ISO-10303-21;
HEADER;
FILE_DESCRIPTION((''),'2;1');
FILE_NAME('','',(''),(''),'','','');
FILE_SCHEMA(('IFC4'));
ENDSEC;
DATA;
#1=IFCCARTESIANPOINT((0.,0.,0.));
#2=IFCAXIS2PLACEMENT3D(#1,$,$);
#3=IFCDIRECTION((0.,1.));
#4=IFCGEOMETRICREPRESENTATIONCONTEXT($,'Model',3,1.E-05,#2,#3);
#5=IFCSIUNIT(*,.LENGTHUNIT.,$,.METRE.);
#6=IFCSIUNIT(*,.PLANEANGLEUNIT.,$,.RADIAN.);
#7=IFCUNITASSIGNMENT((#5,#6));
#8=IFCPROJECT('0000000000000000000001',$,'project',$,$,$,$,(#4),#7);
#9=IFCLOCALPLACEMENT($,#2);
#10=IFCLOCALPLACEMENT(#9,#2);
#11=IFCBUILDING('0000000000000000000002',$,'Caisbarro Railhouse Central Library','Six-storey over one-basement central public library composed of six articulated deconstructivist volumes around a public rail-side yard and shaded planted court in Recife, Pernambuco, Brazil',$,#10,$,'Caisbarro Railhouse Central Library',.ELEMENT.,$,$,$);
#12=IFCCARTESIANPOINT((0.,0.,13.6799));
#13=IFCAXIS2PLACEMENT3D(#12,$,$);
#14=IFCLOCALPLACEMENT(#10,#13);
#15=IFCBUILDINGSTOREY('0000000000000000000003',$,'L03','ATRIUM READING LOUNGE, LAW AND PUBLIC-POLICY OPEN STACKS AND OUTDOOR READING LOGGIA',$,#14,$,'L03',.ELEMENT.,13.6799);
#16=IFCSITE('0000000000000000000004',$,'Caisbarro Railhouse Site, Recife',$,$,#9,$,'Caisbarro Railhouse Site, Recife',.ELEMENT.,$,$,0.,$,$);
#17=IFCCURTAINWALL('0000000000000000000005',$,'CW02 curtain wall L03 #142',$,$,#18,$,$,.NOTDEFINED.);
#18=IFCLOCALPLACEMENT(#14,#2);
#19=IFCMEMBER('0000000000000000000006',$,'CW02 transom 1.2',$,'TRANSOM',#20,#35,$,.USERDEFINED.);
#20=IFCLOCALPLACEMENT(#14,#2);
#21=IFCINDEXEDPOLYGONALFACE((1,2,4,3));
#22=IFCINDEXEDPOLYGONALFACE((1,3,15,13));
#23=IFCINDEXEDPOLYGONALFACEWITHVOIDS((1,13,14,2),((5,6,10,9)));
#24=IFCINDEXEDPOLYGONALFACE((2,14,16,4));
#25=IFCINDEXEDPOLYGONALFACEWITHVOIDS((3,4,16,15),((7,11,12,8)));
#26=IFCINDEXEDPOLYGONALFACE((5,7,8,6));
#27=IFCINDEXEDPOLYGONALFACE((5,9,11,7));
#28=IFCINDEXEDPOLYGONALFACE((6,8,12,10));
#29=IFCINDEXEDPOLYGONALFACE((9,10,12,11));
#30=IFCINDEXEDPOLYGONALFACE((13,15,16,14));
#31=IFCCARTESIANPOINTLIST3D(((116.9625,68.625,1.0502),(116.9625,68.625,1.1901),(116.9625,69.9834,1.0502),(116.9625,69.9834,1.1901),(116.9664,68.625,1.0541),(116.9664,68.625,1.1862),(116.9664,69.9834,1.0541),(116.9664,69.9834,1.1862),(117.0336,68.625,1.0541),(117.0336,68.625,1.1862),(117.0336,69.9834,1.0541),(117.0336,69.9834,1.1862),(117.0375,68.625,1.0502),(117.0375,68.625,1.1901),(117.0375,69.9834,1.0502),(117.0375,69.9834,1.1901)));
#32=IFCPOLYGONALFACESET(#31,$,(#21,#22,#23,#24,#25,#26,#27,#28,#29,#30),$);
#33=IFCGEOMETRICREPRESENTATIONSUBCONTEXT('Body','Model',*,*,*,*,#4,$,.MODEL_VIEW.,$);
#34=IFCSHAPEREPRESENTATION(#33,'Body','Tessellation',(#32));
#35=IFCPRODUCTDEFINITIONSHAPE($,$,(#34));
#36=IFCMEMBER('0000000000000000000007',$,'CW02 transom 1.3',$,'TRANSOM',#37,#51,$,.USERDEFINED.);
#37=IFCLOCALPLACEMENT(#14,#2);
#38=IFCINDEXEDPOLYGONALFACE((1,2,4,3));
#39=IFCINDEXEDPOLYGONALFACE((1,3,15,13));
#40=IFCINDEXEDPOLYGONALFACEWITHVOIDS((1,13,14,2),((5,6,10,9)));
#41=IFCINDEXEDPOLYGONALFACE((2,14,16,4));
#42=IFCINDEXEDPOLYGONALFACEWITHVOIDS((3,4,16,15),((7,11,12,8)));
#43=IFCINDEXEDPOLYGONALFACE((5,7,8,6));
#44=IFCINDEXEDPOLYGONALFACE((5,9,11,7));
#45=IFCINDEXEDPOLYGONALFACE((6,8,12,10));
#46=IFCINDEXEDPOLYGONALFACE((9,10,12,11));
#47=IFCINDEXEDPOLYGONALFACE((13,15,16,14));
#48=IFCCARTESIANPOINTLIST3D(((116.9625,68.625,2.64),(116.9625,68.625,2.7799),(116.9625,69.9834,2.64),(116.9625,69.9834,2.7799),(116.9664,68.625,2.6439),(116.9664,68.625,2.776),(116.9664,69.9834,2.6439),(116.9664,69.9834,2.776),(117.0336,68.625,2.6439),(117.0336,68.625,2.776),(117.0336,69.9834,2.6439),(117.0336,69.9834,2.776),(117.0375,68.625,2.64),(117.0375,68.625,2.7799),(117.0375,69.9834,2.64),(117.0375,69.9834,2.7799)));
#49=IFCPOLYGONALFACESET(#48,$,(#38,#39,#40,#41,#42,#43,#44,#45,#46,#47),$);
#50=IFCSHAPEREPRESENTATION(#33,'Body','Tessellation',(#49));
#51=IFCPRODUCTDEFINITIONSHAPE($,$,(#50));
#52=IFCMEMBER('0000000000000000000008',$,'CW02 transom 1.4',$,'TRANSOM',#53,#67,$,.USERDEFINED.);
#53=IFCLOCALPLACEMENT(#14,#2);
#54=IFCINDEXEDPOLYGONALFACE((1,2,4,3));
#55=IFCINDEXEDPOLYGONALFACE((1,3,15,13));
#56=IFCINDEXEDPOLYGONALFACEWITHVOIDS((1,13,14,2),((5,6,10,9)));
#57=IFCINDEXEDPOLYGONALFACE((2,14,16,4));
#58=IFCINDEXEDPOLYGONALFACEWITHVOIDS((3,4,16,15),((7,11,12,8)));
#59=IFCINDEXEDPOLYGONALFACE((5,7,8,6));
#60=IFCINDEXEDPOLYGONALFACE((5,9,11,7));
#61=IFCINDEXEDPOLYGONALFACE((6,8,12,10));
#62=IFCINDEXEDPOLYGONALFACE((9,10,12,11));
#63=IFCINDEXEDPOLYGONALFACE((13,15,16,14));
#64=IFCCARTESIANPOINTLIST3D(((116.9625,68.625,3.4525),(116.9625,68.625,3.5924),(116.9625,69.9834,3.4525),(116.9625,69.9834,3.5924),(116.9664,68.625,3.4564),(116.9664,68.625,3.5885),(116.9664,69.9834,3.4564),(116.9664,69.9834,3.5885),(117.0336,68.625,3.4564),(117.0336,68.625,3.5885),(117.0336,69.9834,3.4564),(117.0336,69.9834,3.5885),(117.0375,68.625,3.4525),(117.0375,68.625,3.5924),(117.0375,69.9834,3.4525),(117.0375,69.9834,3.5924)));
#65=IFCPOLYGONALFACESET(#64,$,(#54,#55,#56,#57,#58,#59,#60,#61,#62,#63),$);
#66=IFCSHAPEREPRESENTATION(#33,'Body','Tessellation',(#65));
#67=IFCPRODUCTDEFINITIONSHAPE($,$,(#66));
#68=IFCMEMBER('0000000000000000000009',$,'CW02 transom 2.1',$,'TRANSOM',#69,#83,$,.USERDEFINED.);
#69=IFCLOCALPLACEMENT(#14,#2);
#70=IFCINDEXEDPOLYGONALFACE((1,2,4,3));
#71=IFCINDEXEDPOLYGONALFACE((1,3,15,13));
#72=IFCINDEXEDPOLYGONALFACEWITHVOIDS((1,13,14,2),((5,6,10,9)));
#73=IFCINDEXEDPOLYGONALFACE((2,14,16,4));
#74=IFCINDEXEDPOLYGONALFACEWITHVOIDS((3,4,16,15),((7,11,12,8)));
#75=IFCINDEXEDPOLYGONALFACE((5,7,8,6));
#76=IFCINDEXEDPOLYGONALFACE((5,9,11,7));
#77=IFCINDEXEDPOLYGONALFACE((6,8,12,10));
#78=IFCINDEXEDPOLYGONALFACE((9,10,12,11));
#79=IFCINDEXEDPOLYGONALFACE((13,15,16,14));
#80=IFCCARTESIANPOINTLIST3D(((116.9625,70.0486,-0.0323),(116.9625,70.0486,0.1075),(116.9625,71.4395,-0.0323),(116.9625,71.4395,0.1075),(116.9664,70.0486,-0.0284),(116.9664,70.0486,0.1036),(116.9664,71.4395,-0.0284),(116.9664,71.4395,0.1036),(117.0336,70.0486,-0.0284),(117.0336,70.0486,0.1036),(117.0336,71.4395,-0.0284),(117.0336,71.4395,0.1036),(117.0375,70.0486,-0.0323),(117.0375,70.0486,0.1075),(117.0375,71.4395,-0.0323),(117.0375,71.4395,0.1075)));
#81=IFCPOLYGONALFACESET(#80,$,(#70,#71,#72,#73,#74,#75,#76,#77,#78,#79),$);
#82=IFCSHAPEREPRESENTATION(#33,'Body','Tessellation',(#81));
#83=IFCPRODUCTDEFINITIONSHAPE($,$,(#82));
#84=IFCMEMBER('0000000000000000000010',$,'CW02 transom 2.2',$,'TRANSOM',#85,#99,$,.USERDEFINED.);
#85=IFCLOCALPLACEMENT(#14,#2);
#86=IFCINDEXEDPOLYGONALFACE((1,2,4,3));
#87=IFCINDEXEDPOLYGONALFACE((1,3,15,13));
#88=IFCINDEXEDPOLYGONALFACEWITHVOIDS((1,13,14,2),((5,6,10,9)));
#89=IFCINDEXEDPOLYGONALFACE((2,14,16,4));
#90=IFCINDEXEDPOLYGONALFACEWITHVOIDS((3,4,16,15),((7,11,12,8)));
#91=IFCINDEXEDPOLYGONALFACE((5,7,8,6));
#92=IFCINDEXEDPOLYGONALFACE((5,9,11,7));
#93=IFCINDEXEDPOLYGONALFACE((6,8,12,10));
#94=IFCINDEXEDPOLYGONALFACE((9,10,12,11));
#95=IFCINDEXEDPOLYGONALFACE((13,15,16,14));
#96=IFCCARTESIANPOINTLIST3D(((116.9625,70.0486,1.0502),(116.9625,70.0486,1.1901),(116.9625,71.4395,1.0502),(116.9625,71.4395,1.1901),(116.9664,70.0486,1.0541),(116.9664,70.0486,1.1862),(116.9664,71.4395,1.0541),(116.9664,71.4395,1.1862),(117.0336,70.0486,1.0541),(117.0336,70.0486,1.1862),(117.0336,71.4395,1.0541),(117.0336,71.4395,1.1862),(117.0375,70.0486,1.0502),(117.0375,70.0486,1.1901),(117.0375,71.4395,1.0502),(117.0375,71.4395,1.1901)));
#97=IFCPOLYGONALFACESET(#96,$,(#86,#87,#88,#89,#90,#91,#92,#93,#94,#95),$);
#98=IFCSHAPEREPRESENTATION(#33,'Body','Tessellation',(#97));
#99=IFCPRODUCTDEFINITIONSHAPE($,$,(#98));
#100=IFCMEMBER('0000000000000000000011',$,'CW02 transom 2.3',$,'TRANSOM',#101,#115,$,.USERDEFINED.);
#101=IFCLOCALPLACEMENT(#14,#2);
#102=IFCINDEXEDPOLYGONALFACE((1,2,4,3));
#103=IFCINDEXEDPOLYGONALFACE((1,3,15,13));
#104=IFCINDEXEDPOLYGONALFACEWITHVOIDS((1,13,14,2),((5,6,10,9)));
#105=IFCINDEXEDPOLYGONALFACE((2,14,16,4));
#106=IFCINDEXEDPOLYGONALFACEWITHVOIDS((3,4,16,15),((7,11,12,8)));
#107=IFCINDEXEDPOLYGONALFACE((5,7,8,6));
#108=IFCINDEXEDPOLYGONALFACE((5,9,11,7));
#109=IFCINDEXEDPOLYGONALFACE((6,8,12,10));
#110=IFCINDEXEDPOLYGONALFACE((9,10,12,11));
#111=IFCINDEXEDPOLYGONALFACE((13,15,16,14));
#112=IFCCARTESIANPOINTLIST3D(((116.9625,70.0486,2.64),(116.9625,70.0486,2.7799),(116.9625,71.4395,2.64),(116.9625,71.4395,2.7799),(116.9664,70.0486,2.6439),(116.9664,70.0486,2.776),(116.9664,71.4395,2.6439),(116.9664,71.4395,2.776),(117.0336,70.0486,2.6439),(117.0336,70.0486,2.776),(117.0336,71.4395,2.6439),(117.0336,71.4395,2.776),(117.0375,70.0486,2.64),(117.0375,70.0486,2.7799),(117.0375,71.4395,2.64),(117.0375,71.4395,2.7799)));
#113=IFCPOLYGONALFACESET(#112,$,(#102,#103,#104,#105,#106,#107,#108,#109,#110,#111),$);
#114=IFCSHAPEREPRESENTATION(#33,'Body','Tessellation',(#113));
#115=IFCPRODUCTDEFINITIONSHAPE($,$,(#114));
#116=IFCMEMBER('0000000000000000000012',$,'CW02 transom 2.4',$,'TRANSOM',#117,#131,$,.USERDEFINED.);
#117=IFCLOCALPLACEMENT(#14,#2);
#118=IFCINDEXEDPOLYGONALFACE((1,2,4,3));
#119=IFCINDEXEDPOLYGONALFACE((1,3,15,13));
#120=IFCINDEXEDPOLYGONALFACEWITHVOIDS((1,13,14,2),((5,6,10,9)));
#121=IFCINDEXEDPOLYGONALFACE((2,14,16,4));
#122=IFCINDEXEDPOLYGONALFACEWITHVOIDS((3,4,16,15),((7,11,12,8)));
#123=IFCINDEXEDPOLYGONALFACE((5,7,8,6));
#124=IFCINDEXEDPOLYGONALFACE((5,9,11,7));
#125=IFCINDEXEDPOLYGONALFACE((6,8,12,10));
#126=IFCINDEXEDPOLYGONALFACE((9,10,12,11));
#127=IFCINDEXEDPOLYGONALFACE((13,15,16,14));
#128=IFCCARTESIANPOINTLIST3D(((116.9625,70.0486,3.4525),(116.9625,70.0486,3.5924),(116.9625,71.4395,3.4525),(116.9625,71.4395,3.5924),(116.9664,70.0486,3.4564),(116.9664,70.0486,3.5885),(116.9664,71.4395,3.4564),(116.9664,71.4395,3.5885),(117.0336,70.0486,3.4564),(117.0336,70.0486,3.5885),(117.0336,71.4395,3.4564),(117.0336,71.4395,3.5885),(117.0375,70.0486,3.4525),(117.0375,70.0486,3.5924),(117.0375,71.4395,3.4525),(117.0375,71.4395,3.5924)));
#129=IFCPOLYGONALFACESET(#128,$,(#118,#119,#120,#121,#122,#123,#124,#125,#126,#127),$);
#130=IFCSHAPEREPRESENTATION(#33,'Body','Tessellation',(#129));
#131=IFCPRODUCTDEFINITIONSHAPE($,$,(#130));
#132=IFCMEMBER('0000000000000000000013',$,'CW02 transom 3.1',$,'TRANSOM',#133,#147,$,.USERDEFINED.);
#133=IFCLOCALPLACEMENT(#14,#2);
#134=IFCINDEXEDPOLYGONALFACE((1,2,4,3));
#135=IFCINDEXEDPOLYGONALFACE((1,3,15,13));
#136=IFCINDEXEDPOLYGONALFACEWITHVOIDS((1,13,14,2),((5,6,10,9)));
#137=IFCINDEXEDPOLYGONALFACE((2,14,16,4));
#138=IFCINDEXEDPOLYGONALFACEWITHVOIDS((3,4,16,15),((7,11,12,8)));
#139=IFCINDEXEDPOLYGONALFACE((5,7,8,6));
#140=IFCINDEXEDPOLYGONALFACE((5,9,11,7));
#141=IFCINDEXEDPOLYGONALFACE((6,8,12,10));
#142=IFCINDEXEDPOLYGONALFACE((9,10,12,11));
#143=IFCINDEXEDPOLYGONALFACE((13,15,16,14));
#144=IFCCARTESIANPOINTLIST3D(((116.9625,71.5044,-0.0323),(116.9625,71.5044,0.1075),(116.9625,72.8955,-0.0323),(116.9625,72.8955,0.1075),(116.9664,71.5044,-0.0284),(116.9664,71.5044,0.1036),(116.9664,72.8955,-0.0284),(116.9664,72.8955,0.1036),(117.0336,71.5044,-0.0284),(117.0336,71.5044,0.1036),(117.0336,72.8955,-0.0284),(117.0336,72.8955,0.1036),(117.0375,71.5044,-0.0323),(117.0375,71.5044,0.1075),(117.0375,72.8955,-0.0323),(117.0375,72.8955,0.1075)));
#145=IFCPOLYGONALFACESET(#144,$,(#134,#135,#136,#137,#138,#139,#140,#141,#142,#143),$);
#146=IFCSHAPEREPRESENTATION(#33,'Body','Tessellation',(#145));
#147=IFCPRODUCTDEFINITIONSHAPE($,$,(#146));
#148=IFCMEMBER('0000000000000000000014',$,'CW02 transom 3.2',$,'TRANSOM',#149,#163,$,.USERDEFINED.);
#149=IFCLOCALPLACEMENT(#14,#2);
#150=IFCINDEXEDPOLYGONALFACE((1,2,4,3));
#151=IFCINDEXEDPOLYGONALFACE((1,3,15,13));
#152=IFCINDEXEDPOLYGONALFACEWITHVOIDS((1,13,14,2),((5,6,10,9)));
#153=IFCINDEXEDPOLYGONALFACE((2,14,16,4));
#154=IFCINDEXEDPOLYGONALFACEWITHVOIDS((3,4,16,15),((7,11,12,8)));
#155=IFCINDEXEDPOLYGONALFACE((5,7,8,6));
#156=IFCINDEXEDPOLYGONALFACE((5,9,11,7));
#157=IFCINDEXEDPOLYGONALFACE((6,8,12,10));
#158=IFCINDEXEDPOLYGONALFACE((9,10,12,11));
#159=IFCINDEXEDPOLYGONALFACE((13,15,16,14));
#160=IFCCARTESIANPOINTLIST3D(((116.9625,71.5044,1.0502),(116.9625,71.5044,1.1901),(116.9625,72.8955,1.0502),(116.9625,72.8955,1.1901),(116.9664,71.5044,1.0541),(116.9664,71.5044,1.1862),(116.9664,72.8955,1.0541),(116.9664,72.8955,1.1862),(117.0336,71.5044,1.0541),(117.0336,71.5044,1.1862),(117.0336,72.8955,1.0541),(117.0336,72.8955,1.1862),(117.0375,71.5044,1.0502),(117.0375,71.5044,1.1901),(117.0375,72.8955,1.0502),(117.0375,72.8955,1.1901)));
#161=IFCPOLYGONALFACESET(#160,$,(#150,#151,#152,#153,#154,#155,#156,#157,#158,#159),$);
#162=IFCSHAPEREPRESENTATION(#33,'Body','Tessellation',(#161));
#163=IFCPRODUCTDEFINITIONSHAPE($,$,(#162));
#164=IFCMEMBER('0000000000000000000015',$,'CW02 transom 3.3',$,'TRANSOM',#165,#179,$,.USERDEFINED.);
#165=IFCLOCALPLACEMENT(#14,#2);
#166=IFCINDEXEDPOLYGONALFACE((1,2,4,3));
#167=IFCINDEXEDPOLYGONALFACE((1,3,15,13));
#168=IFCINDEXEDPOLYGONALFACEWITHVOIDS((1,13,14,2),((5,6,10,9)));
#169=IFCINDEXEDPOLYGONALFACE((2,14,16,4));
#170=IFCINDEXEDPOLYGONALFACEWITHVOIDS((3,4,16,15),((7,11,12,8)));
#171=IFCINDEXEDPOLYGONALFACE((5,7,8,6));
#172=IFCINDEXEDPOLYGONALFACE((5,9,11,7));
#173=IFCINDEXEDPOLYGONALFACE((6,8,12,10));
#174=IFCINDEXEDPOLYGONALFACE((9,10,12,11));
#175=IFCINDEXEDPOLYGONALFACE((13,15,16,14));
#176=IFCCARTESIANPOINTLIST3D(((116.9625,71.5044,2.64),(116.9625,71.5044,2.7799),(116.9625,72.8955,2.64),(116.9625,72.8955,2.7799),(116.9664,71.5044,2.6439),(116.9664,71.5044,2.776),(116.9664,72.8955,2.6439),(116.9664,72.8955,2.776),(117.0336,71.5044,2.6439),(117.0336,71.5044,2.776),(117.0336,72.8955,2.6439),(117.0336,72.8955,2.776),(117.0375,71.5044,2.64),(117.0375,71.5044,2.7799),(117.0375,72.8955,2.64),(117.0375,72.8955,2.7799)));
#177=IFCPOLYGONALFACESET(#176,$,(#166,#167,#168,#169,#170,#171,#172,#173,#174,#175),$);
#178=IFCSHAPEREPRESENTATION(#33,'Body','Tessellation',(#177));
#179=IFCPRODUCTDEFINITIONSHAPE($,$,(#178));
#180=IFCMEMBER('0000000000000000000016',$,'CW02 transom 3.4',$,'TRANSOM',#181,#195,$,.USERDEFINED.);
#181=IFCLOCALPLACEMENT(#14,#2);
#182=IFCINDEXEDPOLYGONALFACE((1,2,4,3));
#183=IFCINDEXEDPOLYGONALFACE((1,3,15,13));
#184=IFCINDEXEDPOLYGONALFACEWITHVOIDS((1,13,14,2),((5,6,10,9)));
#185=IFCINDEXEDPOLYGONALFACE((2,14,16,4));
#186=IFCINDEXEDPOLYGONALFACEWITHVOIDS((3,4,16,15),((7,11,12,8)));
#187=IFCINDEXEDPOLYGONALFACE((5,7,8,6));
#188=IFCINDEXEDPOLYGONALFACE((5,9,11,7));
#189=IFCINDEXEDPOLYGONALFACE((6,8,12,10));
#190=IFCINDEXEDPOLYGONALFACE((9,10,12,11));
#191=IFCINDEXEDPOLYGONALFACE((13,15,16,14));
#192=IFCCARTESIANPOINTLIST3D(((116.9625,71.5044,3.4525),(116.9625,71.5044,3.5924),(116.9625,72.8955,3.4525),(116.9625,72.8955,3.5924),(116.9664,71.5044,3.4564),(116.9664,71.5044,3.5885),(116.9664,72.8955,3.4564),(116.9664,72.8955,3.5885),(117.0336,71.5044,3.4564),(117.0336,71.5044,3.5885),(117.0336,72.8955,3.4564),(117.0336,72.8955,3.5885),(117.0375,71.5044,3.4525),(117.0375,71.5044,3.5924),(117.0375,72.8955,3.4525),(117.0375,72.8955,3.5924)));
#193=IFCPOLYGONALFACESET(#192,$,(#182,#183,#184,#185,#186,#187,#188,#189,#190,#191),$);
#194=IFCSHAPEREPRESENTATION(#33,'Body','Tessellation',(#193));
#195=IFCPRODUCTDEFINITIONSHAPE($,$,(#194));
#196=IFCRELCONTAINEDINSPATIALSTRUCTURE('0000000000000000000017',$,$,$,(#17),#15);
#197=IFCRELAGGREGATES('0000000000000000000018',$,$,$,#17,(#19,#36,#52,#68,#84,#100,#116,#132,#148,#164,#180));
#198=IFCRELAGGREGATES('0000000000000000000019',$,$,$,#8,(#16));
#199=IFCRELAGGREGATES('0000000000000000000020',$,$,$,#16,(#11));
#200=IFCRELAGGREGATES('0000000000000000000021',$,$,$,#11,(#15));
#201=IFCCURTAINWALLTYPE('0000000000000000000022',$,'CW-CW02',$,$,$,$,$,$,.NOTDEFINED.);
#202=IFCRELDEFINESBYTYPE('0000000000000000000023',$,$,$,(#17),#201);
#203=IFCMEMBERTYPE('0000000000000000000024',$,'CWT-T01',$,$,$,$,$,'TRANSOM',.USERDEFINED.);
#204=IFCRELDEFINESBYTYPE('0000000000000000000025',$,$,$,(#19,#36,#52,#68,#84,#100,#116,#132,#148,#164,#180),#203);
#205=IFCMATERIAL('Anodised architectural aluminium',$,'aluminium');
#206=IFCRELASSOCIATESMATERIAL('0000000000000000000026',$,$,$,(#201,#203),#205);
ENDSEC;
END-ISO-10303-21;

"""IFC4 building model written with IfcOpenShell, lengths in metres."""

from ifc_helpers import new_model, si_unit, direction, frame, origin, origin_2d, place, context, subcontext, project, spatial, hollow_rectangle, extrude, material, material_profile, profile_set, type_object, element, aggregate, save


model = new_model("IFC4")

# Units and contexts
model_context = context("Model", 3, precision=1e-05, world=origin(), true_north=direction((0.0, 1.0)))
body_context = subcontext(model_context, "Body", "Model", "MODEL_VIEW")
ifc_project = project(units=[si_unit("LENGTHUNIT", "METRE"), si_unit("PLANEANGLEUNIT", "RADIAN")], contexts=[model_context])

# Site, building, storey
site_placement = place(None, origin())
site = spatial("IfcSite", under=ifc_project, at=site_placement, Name="Caisbarro Railhouse Site, Recife", LongName="Caisbarro Railhouse Site, Recife", CompositionType="ELEMENT", RefElevation=0.0)
building_placement = place(site_placement, origin())
building = spatial("IfcBuilding", under=site, at=building_placement, Name="Caisbarro Railhouse Central Library", Description="Six-storey over one-basement central public library composed of six articulated deconstructivist volumes around a public rail-side yard and shaded planted court in Recife, Pernambuco, Brazil", LongName="Caisbarro Railhouse Central Library", CompositionType="ELEMENT")
storey_placement = place(building_placement, frame((0.0, 0.0, 13.6799)))
storey = spatial("IfcBuildingStorey", under=building, at=storey_placement, Name="L03", Description="ATRIUM READING LOUNGE, LAW AND PUBLIC-POLICY OPEN STACKS AND OUTDOOR READING LOGGIA", LongName="L03", CompositionType="ELEMENT", Elevation=13.6799)

# Curtain wall, members
ifc_material_1 = material(Name="Anodised architectural aluminium", Category="aluminium")
curtain_wall_type = type_object("IfcCurtainWallType", Name="CW-CW02", PredefinedType="NOTDEFINED", material=ifc_material_1)
curtain_wall_placement = place(storey_placement, origin())
curtain_wall = element("IfcCurtainWall", 1, at=curtain_wall_placement, inside=storey, type_object=curtain_wall_type, Name="CW02 curtain wall L03 #142", PredefinedType="NOTDEFINED")
ifc_material_profile_1 = material_profile(ifc_material_1, hollow_rectangle(XDim=0.075, YDim=0.1399, WallThickness=0.0039, at=origin_2d()), Name="ALU-TRN-75X140")
ifc_profile_set_1 = profile_set([ifc_material_profile_1], Name="Anodised architectural aluminium")
member_type_1 = type_object("IfcMemberType", Name="CWT-T01", ElementType="TRANSOM", PredefinedType="USERDEFINED", material=ifc_profile_set_1)
member_1_placement = place(storey_placement, frame((117.0, 68.625, 1.1201), z_axis=(0.0, 1.0, 0.0), x_axis=(-1.0, 0.0, 0.0)))
member_1 = element("IfcMember", 2, at=member_1_placement, type_object=member_type_1, Name="CW02 transom 1.2", ObjectType="TRANSOM", PredefinedType="USERDEFINED", context=body_context, shape_type="SweptSolid", body=[
    extrude(hollow_rectangle(XDim=0.075, YDim=0.1399, WallThickness=0.0039, at=origin_2d()), origin(), (0.0, 0.0, 1.0), 1.3584),
])
member_2_placement = place(storey_placement, frame((117.0, 68.625, 2.71), z_axis=(0.0, 1.0, 0.0), x_axis=(-1.0, 0.0, 0.0)))
member_2 = element("IfcMember", 3, at=member_2_placement, type_object=member_type_1, Name="CW02 transom 1.3", ObjectType="TRANSOM", PredefinedType="USERDEFINED", context=body_context, shape_type="SweptSolid", body=[
    extrude(hollow_rectangle(XDim=0.075, YDim=0.1399, WallThickness=0.0039, at=origin_2d()), origin(), (0.0, 0.0, 1.0), 1.3584),
])
member_3_placement = place(storey_placement, frame((117.0, 68.625, 3.5225), z_axis=(0.0, 1.0, 0.0), x_axis=(-1.0, 0.0, 0.0)))
member_3 = element("IfcMember", 4, at=member_3_placement, type_object=member_type_1, Name="CW02 transom 1.4", ObjectType="TRANSOM", PredefinedType="USERDEFINED", context=body_context, shape_type="SweptSolid", body=[
    extrude(hollow_rectangle(XDim=0.075, YDim=0.1399, WallThickness=0.0039, at=origin_2d()), origin(), (0.0, 0.0, 1.0), 1.3584),
])
member_4_placement = place(storey_placement, frame((117.0, 70.0486, 0.0376), z_axis=(0.0, 1.0, 0.0), x_axis=(-1.0, 0.0, 0.0)))
member_4 = element("IfcMember", 5, at=member_4_placement, type_object=member_type_1, Name="CW02 transom 2.1", ObjectType="TRANSOM", PredefinedType="USERDEFINED", context=body_context, shape_type="SweptSolid", body=[
    extrude(hollow_rectangle(XDim=0.075, YDim=0.1399, WallThickness=0.0039, at=origin_2d()), origin(), (0.0, 0.0, 1.0), 1.3909),
])
member_5_placement = place(storey_placement, frame((117.0, 70.0486, 1.1201), z_axis=(0.0, 1.0, 0.0), x_axis=(-1.0, 0.0, 0.0)))
member_5 = element("IfcMember", 6, at=member_5_placement, type_object=member_type_1, Name="CW02 transom 2.2", ObjectType="TRANSOM", PredefinedType="USERDEFINED", context=body_context, shape_type="SweptSolid", body=[
    extrude(hollow_rectangle(XDim=0.075, YDim=0.1399, WallThickness=0.0039, at=origin_2d()), origin(), (0.0, 0.0, 1.0), 1.3909),
])
member_6_placement = place(storey_placement, frame((117.0, 70.0486, 2.71), z_axis=(0.0, 1.0, 0.0), x_axis=(-1.0, 0.0, 0.0)))
member_6 = element("IfcMember", 7, at=member_6_placement, type_object=member_type_1, Name="CW02 transom 2.3", ObjectType="TRANSOM", PredefinedType="USERDEFINED", context=body_context, shape_type="SweptSolid", body=[
    extrude(hollow_rectangle(XDim=0.075, YDim=0.1399, WallThickness=0.0039, at=origin_2d()), origin(), (0.0, 0.0, 1.0), 1.3909),
])
member_7_placement = place(storey_placement, frame((117.0, 70.0486, 3.5225), z_axis=(0.0, 1.0, 0.0), x_axis=(-1.0, 0.0, 0.0)))
member_7 = element("IfcMember", 8, at=member_7_placement, type_object=member_type_1, Name="CW02 transom 2.4", ObjectType="TRANSOM", PredefinedType="USERDEFINED", context=body_context, shape_type="SweptSolid", body=[
    extrude(hollow_rectangle(XDim=0.075, YDim=0.1399, WallThickness=0.0039, at=origin_2d()), origin(), (0.0, 0.0, 1.0), 1.3909),
])
member_8_placement = place(storey_placement, frame((117.0, 71.5044, 0.0376), z_axis=(0.0, 1.0, 0.0), x_axis=(-1.0, 0.0, 0.0)))
member_8 = element("IfcMember", 9, at=member_8_placement, type_object=member_type_1, Name="CW02 transom 3.1", ObjectType="TRANSOM", PredefinedType="USERDEFINED", context=body_context, shape_type="SweptSolid", body=[
    extrude(hollow_rectangle(XDim=0.075, YDim=0.1399, WallThickness=0.0039, at=origin_2d()), origin(), (0.0, 0.0, 1.0), 1.3911),
])
member_9_placement = place(storey_placement, frame((117.0, 71.5044, 1.1201), z_axis=(0.0, 1.0, 0.0), x_axis=(-1.0, 0.0, 0.0)))
member_9 = element("IfcMember", 10, at=member_9_placement, type_object=member_type_1, Name="CW02 transom 3.2", ObjectType="TRANSOM", PredefinedType="USERDEFINED", context=body_context, shape_type="SweptSolid", body=[
    extrude(hollow_rectangle(XDim=0.075, YDim=0.1399, WallThickness=0.0039, at=origin_2d()), origin(), (0.0, 0.0, 1.0), 1.3911),
])
member_10_placement = place(storey_placement, frame((117.0, 71.5044, 2.71), z_axis=(0.0, 1.0, 0.0), x_axis=(-1.0, 0.0, 0.0)))
member_10 = element("IfcMember", 11, at=member_10_placement, type_object=member_type_1, Name="CW02 transom 3.3", ObjectType="TRANSOM", PredefinedType="USERDEFINED", context=body_context, shape_type="SweptSolid", body=[
    extrude(hollow_rectangle(XDim=0.075, YDim=0.1399, WallThickness=0.0039, at=origin_2d()), origin(), (0.0, 0.0, 1.0), 1.3911),
])
member_11_placement = place(storey_placement, frame((117.0, 71.5044, 3.5225), z_axis=(0.0, 1.0, 0.0), x_axis=(-1.0, 0.0, 0.0)))
member_11 = element("IfcMember", 12, at=member_11_placement, type_object=member_type_1, Name="CW02 transom 3.4", ObjectType="TRANSOM", PredefinedType="USERDEFINED", context=body_context, shape_type="SweptSolid", body=[
    extrude(hollow_rectangle(XDim=0.075, YDim=0.1399, WallThickness=0.0039, at=origin_2d()), origin(), (0.0, 0.0, 1.0), 1.3911),
])
aggregate(curtain_wall, [member_1, member_2, member_3, member_4, member_5, member_6, member_7, member_8, member_9, member_10, member_11])

save(model, "model.ifc")
